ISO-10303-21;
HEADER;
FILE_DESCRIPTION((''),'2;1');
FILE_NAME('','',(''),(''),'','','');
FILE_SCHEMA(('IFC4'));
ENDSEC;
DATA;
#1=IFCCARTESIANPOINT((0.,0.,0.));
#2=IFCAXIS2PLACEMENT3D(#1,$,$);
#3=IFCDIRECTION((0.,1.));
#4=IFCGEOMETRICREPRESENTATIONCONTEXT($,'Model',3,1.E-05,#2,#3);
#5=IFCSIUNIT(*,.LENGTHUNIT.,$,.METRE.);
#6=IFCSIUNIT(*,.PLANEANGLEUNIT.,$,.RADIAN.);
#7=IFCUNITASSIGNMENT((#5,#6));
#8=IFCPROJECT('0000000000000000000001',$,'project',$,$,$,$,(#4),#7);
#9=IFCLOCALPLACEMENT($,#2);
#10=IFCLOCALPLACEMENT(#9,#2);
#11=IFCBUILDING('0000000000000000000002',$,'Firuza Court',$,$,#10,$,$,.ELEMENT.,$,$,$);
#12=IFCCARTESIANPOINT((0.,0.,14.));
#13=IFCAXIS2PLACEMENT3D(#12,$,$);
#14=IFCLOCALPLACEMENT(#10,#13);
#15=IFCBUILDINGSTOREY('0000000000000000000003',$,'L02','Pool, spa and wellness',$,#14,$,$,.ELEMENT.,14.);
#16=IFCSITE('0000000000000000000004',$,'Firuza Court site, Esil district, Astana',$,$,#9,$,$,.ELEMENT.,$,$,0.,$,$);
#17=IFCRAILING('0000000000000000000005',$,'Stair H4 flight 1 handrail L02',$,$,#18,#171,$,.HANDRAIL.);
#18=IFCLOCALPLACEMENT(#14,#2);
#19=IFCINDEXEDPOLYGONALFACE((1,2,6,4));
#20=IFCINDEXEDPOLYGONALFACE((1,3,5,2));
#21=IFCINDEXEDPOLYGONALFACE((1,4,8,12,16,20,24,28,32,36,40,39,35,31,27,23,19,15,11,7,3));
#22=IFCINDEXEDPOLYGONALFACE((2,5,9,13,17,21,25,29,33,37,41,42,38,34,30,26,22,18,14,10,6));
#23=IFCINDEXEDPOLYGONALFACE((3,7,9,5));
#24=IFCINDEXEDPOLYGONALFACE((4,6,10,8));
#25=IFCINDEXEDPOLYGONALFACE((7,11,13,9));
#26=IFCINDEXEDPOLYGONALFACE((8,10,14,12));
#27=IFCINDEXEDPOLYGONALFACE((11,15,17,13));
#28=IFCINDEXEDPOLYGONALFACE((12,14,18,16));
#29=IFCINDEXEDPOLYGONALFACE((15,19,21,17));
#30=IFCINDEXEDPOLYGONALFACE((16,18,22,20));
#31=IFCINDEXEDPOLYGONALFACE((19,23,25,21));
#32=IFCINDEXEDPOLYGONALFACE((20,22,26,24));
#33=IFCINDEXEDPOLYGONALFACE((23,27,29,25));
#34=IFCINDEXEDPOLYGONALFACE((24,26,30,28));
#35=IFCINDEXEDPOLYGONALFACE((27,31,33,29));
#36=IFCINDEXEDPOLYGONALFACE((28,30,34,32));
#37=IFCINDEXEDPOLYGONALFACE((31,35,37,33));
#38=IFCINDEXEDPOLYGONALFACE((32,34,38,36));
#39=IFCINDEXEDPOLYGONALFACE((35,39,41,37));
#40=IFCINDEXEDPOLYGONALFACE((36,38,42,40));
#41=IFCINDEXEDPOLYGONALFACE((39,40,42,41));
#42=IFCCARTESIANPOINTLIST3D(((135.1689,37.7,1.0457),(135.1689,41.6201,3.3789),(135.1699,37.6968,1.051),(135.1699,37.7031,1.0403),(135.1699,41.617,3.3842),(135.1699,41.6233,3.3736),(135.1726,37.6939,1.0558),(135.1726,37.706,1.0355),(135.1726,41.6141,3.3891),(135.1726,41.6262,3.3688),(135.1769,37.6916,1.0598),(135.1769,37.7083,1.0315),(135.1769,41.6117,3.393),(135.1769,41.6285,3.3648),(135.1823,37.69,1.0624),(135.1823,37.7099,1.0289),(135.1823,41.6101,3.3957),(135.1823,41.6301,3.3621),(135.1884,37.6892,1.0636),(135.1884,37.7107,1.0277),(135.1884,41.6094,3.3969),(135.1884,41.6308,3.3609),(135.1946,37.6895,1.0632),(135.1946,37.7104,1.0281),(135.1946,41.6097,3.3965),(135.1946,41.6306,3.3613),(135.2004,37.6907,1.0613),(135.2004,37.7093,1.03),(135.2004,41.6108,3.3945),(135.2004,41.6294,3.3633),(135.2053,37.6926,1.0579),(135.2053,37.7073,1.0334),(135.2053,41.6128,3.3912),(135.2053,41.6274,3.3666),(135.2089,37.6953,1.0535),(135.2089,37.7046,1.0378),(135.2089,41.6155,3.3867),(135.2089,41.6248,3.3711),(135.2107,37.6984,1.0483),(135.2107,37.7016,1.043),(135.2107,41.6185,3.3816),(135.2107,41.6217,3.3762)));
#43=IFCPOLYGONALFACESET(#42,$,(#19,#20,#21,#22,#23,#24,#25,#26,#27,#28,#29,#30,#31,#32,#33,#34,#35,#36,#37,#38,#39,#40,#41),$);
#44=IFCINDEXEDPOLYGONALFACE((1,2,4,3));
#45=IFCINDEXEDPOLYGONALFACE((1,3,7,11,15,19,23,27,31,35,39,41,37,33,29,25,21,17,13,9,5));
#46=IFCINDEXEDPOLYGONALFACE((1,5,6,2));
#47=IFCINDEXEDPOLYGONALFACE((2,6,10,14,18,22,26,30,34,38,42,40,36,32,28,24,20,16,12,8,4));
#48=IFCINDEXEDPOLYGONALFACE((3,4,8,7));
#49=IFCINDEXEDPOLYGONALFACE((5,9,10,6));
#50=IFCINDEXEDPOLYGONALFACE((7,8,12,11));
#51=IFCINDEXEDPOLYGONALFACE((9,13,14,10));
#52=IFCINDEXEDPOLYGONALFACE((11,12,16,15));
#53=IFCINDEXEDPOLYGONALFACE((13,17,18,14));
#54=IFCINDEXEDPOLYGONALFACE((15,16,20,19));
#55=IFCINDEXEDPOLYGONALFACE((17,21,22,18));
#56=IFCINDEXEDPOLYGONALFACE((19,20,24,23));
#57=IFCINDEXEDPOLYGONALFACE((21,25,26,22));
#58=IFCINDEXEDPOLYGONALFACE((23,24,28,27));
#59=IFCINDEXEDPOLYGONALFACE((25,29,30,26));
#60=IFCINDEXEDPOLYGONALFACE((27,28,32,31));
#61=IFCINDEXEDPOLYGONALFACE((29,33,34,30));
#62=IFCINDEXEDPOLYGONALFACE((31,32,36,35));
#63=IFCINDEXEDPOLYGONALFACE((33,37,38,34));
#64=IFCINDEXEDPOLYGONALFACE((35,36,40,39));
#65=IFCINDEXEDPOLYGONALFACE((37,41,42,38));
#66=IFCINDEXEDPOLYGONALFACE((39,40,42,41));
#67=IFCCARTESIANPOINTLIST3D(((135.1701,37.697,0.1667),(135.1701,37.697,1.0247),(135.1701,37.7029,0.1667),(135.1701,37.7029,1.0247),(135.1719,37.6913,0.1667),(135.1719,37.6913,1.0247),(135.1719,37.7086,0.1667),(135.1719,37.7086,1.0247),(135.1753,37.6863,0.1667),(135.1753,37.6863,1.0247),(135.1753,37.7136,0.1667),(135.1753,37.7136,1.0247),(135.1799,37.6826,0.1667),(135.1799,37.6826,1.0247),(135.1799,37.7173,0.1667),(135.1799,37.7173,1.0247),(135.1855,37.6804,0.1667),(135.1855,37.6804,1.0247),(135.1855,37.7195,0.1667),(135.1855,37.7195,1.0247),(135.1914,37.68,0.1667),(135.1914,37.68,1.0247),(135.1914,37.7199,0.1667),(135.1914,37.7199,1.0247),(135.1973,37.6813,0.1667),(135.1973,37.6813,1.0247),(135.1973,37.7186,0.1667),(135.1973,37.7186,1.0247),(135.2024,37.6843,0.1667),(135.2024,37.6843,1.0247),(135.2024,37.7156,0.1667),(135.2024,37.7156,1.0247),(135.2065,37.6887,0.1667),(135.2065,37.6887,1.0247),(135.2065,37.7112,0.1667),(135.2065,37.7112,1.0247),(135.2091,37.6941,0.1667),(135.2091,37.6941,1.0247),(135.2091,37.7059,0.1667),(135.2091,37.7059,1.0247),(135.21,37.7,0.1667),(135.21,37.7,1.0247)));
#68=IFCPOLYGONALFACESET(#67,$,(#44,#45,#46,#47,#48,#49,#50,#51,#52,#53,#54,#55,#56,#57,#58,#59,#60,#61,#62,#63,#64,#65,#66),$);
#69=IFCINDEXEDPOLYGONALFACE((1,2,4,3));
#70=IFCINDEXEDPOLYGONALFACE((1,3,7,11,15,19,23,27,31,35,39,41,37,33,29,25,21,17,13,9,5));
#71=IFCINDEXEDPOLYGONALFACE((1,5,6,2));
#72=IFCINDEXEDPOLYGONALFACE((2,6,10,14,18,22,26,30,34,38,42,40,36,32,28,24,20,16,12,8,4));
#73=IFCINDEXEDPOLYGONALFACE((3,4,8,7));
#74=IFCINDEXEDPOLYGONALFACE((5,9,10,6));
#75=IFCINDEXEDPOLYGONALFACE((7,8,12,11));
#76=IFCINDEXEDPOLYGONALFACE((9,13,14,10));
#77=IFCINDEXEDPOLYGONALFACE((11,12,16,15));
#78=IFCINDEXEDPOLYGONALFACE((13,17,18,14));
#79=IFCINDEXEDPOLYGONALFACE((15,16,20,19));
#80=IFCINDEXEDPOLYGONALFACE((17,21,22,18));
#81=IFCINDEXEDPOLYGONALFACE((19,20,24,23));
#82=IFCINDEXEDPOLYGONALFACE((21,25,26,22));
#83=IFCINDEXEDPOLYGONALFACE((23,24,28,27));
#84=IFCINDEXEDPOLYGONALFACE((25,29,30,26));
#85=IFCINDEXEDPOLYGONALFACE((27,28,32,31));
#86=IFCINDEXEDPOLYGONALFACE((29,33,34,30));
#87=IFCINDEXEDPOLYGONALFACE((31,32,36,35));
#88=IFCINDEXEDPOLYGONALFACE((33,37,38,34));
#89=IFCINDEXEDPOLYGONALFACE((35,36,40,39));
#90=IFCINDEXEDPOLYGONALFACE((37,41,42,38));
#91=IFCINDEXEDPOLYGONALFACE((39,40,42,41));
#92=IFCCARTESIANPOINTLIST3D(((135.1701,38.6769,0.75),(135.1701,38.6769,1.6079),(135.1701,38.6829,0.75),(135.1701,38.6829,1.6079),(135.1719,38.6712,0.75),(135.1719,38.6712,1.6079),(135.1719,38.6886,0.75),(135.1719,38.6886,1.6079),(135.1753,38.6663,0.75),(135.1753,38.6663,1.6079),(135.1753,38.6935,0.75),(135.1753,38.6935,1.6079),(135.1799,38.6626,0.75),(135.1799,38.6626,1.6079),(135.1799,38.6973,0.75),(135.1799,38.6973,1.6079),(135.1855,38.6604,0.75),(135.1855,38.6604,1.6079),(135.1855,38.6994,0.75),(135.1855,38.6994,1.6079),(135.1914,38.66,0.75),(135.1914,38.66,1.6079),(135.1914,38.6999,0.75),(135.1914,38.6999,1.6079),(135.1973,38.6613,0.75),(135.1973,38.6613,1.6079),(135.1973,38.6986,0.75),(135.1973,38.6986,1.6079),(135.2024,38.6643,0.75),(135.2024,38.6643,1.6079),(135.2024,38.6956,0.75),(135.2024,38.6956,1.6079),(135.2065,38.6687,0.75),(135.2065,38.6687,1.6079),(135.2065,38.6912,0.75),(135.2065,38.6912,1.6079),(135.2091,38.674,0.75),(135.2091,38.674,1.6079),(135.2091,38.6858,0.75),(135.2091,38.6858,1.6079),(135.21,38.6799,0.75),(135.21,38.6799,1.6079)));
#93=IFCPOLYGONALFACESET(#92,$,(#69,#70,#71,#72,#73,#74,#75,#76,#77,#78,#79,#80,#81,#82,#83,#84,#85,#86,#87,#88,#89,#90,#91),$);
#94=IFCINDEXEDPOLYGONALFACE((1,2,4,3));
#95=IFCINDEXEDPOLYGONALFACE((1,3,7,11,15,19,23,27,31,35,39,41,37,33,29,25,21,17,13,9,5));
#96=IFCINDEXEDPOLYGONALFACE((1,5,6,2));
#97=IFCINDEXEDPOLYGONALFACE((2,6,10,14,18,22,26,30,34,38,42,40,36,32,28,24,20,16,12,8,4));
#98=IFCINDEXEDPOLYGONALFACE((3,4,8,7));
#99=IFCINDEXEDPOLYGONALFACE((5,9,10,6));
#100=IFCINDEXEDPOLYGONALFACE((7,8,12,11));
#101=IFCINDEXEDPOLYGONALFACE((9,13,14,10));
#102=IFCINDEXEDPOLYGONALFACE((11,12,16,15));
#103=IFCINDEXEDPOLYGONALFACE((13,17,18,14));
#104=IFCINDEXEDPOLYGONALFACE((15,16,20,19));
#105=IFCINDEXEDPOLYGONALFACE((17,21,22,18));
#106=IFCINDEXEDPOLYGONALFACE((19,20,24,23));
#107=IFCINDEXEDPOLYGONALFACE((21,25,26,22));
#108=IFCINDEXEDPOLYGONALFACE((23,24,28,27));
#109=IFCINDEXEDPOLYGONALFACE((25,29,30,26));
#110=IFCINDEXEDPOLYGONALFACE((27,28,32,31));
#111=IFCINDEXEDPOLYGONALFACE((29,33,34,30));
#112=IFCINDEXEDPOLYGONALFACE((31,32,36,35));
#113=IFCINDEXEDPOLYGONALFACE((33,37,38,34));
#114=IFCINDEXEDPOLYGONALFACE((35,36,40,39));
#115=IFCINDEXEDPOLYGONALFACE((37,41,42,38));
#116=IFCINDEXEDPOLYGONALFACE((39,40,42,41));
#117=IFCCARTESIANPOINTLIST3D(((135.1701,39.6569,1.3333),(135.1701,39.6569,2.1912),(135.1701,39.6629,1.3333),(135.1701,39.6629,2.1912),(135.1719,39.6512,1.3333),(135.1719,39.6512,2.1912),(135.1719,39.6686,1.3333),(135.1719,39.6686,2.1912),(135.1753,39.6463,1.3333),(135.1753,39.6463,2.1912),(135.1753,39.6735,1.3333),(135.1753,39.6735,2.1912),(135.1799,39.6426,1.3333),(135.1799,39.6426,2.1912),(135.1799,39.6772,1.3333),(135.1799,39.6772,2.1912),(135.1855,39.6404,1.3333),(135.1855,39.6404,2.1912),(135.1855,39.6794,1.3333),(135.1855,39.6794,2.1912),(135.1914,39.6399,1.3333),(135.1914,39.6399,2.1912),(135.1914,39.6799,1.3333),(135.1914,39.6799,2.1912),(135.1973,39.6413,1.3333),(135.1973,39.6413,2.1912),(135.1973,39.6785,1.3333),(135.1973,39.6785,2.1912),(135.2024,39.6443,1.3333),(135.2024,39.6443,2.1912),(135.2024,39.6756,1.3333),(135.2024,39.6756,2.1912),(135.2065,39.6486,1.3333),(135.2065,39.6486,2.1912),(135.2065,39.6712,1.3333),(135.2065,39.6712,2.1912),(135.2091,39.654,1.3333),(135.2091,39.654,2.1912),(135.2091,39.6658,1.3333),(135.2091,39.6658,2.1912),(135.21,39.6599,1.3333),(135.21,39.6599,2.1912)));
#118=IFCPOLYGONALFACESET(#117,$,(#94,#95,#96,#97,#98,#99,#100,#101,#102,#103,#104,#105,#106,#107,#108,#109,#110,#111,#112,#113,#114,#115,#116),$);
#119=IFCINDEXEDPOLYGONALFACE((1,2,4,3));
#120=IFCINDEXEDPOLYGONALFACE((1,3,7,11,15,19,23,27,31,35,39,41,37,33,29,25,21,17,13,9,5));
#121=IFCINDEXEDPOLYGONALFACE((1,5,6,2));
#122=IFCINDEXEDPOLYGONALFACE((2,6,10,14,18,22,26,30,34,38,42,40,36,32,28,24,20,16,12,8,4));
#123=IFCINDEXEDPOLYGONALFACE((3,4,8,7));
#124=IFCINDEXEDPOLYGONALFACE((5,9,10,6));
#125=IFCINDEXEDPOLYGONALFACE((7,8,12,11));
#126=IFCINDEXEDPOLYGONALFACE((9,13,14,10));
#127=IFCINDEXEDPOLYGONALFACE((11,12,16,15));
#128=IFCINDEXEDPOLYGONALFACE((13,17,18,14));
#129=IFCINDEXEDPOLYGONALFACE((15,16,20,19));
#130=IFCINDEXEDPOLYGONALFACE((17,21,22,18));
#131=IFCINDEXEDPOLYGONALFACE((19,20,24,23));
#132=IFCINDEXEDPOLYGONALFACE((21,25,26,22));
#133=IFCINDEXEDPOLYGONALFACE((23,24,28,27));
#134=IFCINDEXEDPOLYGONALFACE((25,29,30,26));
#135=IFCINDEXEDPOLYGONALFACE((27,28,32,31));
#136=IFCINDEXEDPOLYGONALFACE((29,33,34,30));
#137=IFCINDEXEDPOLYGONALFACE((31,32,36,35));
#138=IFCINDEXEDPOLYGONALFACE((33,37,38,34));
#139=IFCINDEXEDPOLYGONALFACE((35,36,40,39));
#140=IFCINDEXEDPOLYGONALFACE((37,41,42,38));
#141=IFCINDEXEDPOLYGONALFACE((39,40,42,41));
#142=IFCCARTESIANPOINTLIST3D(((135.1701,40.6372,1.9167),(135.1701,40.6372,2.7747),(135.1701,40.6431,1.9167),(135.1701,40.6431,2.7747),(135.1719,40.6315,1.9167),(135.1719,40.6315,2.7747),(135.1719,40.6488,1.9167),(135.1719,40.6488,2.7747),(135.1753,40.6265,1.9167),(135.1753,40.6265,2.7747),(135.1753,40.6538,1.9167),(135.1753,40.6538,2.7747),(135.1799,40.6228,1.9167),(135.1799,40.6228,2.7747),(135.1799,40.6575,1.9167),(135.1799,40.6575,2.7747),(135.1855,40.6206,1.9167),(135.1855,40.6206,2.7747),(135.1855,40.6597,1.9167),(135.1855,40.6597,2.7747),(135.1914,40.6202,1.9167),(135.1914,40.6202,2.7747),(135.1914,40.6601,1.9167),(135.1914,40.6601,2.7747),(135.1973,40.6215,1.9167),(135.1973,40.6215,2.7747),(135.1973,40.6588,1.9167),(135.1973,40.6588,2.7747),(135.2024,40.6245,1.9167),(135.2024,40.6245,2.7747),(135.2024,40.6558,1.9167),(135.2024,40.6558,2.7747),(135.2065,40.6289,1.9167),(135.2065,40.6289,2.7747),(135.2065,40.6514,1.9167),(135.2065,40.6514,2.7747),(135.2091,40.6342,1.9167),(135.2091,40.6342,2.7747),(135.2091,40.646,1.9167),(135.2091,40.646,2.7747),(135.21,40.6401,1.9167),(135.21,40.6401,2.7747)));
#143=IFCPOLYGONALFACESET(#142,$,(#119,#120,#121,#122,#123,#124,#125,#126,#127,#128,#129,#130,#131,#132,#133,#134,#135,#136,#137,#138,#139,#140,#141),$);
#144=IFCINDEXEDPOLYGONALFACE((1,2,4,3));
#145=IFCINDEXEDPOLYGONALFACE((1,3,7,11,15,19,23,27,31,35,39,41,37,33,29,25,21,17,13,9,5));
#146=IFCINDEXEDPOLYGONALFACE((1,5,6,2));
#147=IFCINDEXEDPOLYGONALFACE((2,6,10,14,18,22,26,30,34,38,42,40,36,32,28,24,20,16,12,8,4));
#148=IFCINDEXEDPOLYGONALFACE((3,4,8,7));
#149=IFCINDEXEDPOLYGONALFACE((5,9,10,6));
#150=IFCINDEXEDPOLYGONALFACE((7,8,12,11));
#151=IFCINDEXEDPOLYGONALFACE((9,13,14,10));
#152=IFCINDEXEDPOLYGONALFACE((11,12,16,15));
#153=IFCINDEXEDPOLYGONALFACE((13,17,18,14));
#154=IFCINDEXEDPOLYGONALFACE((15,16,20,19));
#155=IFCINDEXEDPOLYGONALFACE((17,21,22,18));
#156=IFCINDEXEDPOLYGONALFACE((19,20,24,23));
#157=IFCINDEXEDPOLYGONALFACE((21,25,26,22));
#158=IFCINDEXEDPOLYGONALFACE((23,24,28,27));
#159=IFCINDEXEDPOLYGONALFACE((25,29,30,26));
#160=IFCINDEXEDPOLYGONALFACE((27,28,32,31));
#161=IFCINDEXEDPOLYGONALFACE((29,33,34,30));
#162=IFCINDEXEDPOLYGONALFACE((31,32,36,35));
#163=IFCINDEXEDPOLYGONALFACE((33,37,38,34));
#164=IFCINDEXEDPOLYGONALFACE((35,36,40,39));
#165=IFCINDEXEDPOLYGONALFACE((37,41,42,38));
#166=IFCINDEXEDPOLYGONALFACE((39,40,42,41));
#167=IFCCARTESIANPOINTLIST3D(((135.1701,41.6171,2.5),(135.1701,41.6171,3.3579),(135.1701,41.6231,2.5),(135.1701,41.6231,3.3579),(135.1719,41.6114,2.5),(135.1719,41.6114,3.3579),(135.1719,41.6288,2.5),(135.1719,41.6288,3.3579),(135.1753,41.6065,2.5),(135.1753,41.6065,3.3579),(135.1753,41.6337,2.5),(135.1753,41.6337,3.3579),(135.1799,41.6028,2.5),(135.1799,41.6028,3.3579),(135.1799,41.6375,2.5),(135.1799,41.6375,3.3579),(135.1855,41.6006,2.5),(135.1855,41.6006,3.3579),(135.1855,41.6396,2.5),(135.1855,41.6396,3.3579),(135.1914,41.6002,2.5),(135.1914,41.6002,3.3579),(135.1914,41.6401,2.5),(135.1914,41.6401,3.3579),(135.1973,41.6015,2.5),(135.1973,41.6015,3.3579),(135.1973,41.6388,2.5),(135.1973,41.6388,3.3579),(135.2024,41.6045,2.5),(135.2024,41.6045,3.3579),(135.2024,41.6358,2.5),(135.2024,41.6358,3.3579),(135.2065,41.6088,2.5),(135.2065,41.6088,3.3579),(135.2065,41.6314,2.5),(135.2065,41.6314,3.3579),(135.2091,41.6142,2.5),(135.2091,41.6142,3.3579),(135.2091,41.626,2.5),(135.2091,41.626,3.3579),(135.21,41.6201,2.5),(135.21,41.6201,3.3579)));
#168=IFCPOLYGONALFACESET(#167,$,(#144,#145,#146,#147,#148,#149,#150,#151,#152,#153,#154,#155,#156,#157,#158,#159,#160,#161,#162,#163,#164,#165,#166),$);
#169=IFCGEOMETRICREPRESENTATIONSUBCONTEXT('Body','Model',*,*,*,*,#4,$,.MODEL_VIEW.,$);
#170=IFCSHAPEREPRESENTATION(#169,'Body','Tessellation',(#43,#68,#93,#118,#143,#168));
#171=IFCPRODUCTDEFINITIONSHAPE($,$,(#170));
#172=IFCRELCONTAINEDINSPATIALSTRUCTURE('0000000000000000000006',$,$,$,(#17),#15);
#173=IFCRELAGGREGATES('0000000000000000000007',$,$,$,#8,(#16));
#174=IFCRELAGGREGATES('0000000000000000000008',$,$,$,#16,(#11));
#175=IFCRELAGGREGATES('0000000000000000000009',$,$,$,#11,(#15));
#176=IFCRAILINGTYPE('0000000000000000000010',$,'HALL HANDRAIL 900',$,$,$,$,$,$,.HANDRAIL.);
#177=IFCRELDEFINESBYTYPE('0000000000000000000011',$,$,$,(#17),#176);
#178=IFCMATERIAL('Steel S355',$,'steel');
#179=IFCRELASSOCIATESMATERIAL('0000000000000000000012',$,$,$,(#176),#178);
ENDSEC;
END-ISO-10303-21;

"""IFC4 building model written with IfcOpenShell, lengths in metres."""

from ifc_helpers import new_model, si_unit, direction, frame, origin, origin_2d, place, context, subcontext, project, spatial, circle, extrude, material, type_object, element, save


model = new_model("IFC4")

# Units and contexts
model_context = context("Model", 3, precision=1e-05, world=origin(), true_north=direction((0.0, 1.0)))
body_context = subcontext(model_context, "Body", "Model", "MODEL_VIEW")
ifc_project = project(units=[si_unit("LENGTHUNIT", "METRE"), si_unit("PLANEANGLEUNIT", "RADIAN")], contexts=[model_context])

# Site, building, storey
site_placement = place(None, origin())
site = spatial("IfcSite", under=ifc_project, at=site_placement, Name="Firuza Court site, Esil district, Astana", CompositionType="ELEMENT", RefElevation=0.0)
building_placement = place(site_placement, origin())
building = spatial("IfcBuilding", under=site, at=building_placement, Name="Firuza Court", CompositionType="ELEMENT")
storey_placement = place(building_placement, frame((0.0, 0.0, 14.0)))
storey = spatial("IfcBuildingStorey", under=building, at=storey_placement, Name="L02", Description="Pool, spa and wellness", CompositionType="ELEMENT", Elevation=14.0)

# Railing
ifc_material_1 = material(Name="Steel S355", Category="steel")
railing_type_1 = type_object("IfcRailingType", Name="HALL HANDRAIL 900", PredefinedType="HANDRAIL", material=ifc_material_1)
railing_1_placement = place(storey_placement, frame((135.1899, 37.7, 0.1667)))
element("IfcRailing", 1, at=railing_1_placement, inside=storey, type_object=railing_type_1, Name="Stair H4 flight 1 handrail L02", PredefinedType="HANDRAIL", context=body_context, shape_type="SweptSolid", body=[
    extrude(circle(Radius=0.021, at=origin_2d()), frame((0.0, 0.0, 0.8789), z_axis=(0.0, 0.85931, 0.511455), x_axis=(-1.0, 0.0, 0.0)), (0.0, 0.0, 1.0), 4.562),
    extrude(circle(Radius=0.02, at=origin_2d()), origin(), (0.0, 0.0, 1.0), 0.8579),
    extrude(circle(Radius=0.02, at=origin_2d()), frame((0.0, 0.98, 0.5833)), (0.0, 0.0, 1.0), 0.8579),
    extrude(circle(Radius=0.02, at=origin_2d()), frame((0.0, 1.96, 1.1665)), (0.0, 0.0, 1.0), 0.8579),
    extrude(circle(Radius=0.02, at=origin_2d()), frame((0.0, 2.9402, 1.75)), (0.0, 0.0, 1.0), 0.8579),
    extrude(circle(Radius=0.02, at=origin_2d()), frame((0.0, 3.9202, 2.3333)), (0.0, 0.0, 1.0), 0.8579),
])

save(model, "model.ifc")
